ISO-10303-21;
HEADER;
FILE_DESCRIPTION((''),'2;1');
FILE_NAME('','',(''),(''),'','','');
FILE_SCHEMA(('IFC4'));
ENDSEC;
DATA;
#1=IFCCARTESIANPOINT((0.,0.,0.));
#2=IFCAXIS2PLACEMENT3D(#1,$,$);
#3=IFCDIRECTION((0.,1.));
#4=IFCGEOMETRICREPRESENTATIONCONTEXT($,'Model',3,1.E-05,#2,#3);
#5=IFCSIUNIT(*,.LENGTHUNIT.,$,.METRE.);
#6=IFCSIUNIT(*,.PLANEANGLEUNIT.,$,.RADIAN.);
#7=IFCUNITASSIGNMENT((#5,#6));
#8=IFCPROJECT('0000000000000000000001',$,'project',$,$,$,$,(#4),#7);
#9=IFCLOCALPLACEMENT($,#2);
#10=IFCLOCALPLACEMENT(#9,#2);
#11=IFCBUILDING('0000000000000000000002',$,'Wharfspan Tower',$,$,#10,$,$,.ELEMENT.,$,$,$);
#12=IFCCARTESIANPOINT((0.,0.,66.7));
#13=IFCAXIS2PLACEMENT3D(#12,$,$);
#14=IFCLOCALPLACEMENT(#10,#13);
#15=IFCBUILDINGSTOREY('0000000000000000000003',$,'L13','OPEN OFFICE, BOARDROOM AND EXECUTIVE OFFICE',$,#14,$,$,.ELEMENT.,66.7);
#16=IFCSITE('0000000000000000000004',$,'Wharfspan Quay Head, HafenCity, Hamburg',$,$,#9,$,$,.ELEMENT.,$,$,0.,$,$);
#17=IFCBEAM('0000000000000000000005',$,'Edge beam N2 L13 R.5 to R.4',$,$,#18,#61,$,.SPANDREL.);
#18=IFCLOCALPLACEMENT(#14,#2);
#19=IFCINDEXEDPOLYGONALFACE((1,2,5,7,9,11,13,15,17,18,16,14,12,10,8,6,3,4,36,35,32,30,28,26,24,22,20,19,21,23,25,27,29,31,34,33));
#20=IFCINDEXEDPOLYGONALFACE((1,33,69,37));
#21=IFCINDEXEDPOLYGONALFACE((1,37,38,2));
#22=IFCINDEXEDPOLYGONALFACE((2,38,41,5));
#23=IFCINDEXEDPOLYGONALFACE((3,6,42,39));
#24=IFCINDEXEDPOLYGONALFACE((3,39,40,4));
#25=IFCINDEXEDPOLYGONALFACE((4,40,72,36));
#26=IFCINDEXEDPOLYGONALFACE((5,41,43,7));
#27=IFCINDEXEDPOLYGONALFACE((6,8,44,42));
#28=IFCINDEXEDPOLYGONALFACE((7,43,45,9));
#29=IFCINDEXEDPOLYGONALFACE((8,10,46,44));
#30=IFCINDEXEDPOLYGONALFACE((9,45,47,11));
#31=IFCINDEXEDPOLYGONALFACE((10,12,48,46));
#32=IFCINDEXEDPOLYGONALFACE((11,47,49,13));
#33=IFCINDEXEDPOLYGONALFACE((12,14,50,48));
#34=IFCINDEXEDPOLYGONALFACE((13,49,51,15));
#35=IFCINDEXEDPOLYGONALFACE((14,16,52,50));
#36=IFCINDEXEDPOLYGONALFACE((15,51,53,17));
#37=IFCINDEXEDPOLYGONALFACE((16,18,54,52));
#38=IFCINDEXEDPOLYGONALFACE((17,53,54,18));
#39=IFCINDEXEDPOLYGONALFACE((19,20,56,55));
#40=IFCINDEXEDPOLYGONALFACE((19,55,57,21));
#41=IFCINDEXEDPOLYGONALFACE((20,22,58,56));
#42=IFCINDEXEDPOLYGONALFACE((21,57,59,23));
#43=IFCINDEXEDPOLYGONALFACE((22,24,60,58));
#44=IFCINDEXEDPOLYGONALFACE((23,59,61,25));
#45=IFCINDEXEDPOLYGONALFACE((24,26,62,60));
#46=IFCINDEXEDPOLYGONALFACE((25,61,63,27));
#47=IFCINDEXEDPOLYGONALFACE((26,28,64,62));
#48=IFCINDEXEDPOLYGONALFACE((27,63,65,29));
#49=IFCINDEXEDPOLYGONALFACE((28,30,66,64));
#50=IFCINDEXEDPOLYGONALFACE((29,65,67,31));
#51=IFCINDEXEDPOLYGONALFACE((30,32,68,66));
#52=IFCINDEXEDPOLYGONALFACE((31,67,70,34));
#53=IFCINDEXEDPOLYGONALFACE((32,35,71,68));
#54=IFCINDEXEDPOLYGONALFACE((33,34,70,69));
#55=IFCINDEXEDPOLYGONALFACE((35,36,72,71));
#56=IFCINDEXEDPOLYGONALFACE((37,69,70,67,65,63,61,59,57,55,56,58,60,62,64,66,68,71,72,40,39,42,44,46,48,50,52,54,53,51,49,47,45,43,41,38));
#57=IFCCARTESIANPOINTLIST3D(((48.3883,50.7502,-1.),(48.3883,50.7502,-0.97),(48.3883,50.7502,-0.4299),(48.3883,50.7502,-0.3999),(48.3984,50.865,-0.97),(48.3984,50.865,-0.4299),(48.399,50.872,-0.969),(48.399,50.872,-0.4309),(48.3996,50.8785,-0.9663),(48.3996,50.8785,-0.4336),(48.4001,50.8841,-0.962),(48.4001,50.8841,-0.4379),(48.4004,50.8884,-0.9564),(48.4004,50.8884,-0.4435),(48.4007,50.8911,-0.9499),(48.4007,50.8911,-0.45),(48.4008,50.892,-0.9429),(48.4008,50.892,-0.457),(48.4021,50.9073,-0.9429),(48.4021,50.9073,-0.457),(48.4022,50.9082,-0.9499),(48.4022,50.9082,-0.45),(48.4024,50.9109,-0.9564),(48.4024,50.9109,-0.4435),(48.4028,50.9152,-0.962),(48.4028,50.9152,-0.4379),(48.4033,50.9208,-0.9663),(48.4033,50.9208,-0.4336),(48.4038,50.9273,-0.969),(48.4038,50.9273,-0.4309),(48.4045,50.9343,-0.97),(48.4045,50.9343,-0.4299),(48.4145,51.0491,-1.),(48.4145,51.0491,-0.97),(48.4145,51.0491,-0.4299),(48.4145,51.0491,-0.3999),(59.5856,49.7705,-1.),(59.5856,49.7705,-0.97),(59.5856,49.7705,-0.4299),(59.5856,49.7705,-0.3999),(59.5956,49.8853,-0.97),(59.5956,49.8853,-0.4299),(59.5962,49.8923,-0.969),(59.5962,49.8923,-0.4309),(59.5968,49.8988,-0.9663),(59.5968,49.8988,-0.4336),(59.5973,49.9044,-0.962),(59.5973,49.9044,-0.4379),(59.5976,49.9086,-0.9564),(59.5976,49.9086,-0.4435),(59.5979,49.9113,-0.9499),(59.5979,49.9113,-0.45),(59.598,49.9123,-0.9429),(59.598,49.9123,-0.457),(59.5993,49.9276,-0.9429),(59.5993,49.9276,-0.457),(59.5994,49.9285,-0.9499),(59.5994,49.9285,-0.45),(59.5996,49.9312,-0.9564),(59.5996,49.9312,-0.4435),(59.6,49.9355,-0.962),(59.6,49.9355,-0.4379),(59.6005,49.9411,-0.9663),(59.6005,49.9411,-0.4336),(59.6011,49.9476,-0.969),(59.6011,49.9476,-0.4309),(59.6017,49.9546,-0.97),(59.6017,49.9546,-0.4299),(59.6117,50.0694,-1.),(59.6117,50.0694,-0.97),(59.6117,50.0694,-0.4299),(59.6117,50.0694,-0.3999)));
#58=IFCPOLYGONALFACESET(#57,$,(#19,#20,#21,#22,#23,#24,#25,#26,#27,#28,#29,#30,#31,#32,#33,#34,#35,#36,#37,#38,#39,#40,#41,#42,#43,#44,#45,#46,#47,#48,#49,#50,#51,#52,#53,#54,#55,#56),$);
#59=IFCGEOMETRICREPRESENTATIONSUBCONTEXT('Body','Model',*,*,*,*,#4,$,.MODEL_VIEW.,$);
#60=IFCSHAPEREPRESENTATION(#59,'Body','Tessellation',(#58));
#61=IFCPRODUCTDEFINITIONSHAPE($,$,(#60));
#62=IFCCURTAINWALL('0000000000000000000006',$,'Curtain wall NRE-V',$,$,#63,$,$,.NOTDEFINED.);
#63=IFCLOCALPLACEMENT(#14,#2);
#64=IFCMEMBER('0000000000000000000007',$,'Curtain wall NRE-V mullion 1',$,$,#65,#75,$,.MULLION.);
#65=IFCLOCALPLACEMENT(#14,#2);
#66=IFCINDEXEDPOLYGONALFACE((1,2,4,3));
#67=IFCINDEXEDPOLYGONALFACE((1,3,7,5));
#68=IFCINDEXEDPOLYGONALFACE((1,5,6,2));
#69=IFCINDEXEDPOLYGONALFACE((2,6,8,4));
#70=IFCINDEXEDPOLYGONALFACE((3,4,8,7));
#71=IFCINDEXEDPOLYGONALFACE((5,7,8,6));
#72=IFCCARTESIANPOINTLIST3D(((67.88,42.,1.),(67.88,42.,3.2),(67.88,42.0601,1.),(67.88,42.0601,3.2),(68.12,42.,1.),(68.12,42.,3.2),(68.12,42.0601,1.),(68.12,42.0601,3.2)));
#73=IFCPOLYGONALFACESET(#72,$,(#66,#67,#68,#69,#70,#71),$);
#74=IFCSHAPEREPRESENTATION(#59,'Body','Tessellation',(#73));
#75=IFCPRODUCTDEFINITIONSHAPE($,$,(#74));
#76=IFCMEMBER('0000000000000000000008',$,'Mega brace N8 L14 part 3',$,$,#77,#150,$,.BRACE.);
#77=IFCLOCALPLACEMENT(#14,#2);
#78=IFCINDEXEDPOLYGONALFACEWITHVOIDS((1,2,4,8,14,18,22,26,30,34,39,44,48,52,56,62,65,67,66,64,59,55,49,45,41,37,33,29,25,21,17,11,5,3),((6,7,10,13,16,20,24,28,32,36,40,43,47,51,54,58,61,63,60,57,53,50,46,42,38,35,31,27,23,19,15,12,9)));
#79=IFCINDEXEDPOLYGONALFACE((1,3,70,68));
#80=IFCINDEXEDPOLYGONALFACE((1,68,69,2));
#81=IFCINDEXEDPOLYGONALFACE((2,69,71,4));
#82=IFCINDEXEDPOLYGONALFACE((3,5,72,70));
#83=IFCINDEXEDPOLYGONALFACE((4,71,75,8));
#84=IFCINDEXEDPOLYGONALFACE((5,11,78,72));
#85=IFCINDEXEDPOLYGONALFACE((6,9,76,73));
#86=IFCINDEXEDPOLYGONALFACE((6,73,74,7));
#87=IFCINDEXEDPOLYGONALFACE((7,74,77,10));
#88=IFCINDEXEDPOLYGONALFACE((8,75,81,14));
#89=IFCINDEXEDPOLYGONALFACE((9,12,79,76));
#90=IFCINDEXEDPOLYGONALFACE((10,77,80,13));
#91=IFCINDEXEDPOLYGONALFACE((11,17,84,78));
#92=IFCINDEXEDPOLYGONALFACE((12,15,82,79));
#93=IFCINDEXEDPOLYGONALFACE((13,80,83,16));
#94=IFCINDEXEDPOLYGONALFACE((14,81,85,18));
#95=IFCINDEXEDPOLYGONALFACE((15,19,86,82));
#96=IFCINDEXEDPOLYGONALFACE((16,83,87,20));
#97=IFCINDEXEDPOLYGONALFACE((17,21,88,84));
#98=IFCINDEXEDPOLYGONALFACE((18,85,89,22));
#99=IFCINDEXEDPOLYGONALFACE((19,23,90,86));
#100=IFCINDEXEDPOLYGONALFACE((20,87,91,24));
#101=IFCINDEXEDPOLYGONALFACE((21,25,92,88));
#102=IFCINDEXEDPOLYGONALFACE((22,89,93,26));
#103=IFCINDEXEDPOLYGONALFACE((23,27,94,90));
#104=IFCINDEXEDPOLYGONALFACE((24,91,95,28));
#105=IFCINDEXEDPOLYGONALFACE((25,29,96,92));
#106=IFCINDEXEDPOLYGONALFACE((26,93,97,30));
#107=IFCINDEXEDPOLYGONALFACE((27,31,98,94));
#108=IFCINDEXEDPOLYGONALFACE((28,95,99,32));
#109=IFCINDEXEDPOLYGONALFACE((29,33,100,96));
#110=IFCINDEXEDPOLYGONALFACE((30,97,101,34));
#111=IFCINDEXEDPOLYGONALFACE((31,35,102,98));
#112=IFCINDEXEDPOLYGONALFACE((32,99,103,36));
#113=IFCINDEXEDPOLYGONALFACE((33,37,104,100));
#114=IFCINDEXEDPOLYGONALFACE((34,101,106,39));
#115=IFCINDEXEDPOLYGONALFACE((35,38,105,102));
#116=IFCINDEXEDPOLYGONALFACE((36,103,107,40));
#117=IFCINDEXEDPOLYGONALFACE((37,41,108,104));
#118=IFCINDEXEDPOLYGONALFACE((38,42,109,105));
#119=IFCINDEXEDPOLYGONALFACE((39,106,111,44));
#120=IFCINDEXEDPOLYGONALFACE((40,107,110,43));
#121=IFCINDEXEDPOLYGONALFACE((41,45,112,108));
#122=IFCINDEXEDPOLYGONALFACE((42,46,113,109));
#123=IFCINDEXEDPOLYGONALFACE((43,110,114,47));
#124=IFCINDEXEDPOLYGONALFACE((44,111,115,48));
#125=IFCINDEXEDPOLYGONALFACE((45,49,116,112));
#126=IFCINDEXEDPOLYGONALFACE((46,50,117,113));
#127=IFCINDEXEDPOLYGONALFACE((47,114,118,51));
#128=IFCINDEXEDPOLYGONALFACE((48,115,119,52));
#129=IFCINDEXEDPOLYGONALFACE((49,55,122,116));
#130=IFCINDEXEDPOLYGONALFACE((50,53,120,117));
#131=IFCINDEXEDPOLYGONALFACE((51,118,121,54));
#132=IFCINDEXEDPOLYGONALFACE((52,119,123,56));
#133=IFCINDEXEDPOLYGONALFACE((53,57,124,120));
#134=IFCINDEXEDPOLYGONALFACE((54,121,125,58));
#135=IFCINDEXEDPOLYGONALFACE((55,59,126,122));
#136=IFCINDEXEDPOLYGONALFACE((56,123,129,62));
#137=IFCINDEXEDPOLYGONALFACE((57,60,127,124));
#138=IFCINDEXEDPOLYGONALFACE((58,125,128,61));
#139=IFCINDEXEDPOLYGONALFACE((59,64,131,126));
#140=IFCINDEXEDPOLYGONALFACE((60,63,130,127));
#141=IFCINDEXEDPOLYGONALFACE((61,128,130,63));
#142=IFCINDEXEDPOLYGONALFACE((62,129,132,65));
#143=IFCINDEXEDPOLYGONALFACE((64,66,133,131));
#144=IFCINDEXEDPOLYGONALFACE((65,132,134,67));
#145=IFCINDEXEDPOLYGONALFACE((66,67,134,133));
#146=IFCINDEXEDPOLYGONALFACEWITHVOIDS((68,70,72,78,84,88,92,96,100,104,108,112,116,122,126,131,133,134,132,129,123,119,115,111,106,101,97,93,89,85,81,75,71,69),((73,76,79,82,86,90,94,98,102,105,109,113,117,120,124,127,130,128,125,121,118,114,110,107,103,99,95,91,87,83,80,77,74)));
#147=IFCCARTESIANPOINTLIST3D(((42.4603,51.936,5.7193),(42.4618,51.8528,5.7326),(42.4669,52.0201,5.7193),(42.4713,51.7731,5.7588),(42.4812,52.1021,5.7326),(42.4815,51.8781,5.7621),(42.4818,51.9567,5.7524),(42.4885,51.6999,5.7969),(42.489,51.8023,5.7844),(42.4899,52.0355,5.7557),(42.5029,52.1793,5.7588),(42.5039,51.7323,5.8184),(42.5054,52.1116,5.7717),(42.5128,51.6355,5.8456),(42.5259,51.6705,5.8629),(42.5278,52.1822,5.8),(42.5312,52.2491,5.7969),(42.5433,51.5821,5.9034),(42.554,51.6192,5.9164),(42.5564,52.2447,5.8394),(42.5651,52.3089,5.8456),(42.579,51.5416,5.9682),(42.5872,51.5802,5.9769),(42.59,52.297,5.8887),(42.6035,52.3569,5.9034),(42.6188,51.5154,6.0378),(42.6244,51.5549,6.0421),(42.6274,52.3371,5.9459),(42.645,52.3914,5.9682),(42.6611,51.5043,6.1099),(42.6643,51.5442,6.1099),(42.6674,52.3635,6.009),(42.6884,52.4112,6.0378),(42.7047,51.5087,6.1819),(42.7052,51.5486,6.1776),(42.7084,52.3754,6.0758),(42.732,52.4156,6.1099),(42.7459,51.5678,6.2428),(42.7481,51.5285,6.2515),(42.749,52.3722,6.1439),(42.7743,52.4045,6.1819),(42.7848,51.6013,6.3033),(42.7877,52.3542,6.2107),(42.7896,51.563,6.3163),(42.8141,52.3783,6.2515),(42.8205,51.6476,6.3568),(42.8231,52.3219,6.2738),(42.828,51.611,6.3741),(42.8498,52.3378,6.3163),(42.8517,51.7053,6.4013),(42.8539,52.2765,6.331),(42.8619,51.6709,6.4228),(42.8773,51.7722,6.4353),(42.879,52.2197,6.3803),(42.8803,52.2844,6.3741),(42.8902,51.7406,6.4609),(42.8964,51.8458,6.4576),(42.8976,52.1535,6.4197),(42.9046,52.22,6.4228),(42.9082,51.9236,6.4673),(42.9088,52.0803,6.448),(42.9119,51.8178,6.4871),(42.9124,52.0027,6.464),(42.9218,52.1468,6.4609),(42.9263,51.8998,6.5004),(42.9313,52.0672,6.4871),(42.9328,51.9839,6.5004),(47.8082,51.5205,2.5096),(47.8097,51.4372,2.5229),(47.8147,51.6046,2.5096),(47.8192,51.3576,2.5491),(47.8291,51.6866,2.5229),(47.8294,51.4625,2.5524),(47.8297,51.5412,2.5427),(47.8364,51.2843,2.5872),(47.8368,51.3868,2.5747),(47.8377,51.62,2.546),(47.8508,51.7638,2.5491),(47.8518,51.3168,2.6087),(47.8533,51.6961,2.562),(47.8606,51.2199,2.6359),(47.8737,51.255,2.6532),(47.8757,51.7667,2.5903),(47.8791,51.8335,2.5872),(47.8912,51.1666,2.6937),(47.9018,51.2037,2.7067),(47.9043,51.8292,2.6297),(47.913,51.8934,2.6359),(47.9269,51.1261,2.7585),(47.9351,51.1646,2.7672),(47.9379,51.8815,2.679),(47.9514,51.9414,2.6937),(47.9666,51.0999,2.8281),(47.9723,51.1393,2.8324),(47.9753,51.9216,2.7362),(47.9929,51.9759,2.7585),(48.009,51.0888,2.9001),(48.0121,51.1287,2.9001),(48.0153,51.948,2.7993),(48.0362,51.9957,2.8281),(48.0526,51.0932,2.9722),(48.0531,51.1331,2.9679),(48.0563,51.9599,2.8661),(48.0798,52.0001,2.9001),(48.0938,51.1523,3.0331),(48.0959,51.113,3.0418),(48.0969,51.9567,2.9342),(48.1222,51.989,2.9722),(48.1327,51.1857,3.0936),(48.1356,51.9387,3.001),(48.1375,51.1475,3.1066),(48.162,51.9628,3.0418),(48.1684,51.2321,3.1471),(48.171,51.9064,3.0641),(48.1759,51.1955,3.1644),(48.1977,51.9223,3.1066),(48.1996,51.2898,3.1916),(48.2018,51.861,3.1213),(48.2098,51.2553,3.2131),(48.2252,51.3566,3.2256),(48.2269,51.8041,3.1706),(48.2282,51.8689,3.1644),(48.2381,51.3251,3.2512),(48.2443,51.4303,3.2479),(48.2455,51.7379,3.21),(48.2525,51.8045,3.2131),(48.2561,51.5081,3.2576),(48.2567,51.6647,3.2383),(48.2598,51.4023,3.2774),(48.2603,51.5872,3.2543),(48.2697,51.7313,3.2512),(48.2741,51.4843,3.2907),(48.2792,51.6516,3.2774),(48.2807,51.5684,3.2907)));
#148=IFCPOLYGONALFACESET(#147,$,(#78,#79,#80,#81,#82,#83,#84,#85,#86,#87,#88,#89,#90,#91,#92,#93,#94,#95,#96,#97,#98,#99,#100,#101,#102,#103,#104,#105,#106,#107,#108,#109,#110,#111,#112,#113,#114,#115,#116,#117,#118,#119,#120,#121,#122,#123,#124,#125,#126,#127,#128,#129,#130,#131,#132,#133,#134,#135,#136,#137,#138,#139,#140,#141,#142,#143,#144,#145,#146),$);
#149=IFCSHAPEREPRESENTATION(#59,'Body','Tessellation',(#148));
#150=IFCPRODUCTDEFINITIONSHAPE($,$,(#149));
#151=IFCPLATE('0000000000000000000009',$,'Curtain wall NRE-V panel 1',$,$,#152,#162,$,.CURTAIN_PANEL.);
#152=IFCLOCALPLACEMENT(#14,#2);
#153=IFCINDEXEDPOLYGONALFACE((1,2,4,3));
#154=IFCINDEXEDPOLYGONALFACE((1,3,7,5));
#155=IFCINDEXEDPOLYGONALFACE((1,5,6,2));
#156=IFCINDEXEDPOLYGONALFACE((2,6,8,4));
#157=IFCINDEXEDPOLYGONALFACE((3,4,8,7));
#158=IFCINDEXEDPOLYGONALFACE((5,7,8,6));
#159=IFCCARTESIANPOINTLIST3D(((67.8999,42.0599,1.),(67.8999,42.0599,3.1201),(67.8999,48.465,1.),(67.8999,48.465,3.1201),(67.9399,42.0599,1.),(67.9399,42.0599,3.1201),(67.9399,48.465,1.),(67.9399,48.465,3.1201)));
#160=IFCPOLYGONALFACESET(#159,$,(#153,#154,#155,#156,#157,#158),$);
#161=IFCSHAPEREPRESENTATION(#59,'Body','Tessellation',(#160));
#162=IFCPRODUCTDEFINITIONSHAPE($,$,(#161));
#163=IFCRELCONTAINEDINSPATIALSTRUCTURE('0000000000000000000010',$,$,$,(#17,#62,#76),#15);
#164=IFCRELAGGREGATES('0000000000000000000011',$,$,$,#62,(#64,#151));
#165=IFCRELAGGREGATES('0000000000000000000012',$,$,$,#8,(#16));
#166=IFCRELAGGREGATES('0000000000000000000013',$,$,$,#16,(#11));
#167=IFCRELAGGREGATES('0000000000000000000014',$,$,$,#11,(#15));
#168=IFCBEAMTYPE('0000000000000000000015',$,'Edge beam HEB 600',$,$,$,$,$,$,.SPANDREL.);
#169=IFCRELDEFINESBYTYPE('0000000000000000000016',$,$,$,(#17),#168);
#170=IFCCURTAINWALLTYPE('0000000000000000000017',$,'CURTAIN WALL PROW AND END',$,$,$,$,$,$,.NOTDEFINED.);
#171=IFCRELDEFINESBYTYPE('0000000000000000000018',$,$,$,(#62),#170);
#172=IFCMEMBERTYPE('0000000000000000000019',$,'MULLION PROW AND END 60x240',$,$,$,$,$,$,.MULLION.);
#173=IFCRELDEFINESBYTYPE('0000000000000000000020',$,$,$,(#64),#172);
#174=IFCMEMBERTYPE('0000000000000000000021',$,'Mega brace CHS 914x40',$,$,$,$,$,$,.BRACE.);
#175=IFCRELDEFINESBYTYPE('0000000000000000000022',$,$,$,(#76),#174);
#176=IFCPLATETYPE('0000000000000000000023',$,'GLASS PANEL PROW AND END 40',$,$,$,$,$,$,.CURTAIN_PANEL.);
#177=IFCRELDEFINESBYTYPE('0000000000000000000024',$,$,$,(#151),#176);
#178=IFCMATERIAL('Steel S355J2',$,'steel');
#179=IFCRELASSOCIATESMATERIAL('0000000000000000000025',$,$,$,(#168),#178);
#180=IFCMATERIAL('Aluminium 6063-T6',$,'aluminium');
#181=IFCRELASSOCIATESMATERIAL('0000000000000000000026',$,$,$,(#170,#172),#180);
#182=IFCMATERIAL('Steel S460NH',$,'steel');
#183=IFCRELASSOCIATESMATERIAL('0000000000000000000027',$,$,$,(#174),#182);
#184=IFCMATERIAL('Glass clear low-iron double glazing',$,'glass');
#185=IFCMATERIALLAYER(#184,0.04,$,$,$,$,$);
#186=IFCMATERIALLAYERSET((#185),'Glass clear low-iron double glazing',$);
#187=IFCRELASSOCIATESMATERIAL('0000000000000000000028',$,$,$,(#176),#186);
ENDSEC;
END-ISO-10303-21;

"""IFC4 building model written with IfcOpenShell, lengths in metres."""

from ifc_helpers import new_model, si_unit, direction, frame, origin, origin_2d, place, context, subcontext, project, spatial, rectangle, hollow_circle, i_section, extrude, material, layer, layer_set, material_profile, profile_set, type_object, element, aggregate, save


model = new_model("IFC4")

# Units and contexts
model_context = context("Model", 3, precision=1e-05, world=origin(), true_north=direction((0.0, 1.0)))
body_context = subcontext(model_context, "Body", "Model", "MODEL_VIEW")
ifc_project = project(units=[si_unit("LENGTHUNIT", "METRE"), si_unit("PLANEANGLEUNIT", "RADIAN")], contexts=[model_context])

# Site, building, storey
site_placement = place(None, origin())
site = spatial("IfcSite", under=ifc_project, at=site_placement, Name="Wharfspan Quay Head, HafenCity, Hamburg", CompositionType="ELEMENT", RefElevation=0.0)
building_placement = place(site_placement, origin())
building = spatial("IfcBuilding", under=site, at=building_placement, Name="Wharfspan Tower", CompositionType="ELEMENT")
storey_placement = place(building_placement, frame((0.0, 0.0, 66.7)))
storey = spatial("IfcBuildingStorey", under=building, at=storey_placement, Name="L13", Description="OPEN OFFICE, BOARDROOM AND EXECUTIVE OFFICE", CompositionType="ELEMENT", Elevation=66.7)

# Shared definitions
ifc_material_1 = material(Name="Steel S355J2", Category="steel")

# Beam
ifc_material_profile_1 = material_profile(ifc_material_1, i_section(OverallWidth=0.3, OverallDepth=0.6001, WebThickness=0.0154, FlangeThickness=0.03, FilletRadius=0.0271, at=origin_2d()))
ifc_profile_set_1 = profile_set([ifc_material_profile_1], Name="Steel S355J2")
beam_type = type_object("IfcBeamType", Name="Edge beam HEB 600", PredefinedType="SPANDREL", material=ifc_profile_set_1)
beam_placement = place(storey_placement, frame((59.5986, 49.9199, -0.7), z_axis=(-0.996194, 0.087165, 0.0), x_axis=(-0.087165, -0.996194, 0.0)))
element("IfcBeam", 1, at=beam_placement, inside=storey, type_object=beam_type, Name="Edge beam N2 L13 R.5 to R.4", PredefinedType="SPANDREL", context=body_context, shape_type="SweptSolid", body=[
    extrude(i_section(OverallWidth=0.3, OverallDepth=0.6001, WebThickness=0.0154, FlangeThickness=0.03, FilletRadius=0.0271, at=origin_2d()), origin(), (0.0, 0.0, 1.0), 11.24),
])

# Curtain wall, member
ifc_material_2 = material(Name="Aluminium 6063-T6", Category="aluminium")
curtain_wall_type = type_object("IfcCurtainWallType", Name="CURTAIN WALL PROW AND END", PredefinedType="NOTDEFINED", material=ifc_material_2)
curtain_wall_placement = place(storey_placement, origin())
curtain_wall = element("IfcCurtainWall", 2, at=curtain_wall_placement, inside=storey, type_object=curtain_wall_type, Name="Curtain wall NRE-V", PredefinedType="NOTDEFINED")
ifc_material_profile_2 = material_profile(ifc_material_2, rectangle(XDim=0.24, YDim=0.0601, at=origin_2d()))
ifc_profile_set_2 = profile_set([ifc_material_profile_2], Name="Aluminium 6063-T6")
member_type_1 = type_object("IfcMemberType", Name="MULLION PROW AND END 60x240", PredefinedType="MULLION", material=ifc_profile_set_2)
member_1_placement = place(storey_placement, frame((68.0, 42.03, 1.0), z_axis=(0.0, 0.0, 1.0), x_axis=(-1.0, 0.0, 0.0)))
member_1 = element("IfcMember", 3, at=member_1_placement, type_object=member_type_1, Name="Curtain wall NRE-V mullion 1", PredefinedType="MULLION", context=body_context, shape_type="SweptSolid", body=[
    extrude(rectangle(XDim=0.24, YDim=0.0601, at=origin_2d()), origin(), (0.0, 0.0, 1.0), 2.2),
])

# Member
ifc_material_3 = material(Name="Steel S460NH", Category="steel")
ifc_material_profile_3 = material_profile(ifc_material_3, hollow_circle(Radius=0.457, WallThickness=0.04, at=origin_2d()))
ifc_profile_set_3 = profile_set([ifc_material_profile_3], Name="Steel S460NH")
member_type_2 = type_object("IfcMemberType", Name="Mega brace CHS 914x40", PredefinedType="BRACE", material=ifc_profile_set_3)
member_2_placement = place(storey_placement, frame((48.0444, 51.5444, 2.9001), z_axis=(-0.855527, 0.066474, 0.513473), x_axis=(-0.077466, -0.996995, 0.0)))
element("IfcMember", 4, at=member_2_placement, inside=storey, type_object=member_type_2, Name="Mega brace N8 L14 part 3", PredefinedType="BRACE", context=body_context, shape_type="SweptSolid", body=[
    extrude(hollow_circle(Radius=0.457, WallThickness=0.04, at=origin_2d()), origin(), (0.0, 0.0, 1.0), 6.251),
])

# Plate
ifc_material_4 = material(Name="Glass clear low-iron double glazing", Category="glass")
ifc_layer_1 = layer(ifc_material_4, 0.04)
ifc_layer_set_1 = layer_set([ifc_layer_1], Name="Glass clear low-iron double glazing")
plate_type = type_object("IfcPlateType", Name="GLASS PANEL PROW AND END 40", PredefinedType="CURTAIN_PANEL", material=ifc_layer_set_1)
plate_placement = place(storey_placement, frame((67.9199, 45.2625, 1.0), z_axis=(0.0, 0.0, 1.0), x_axis=(0.0, 1.0, 0.0)))
plate = element("IfcPlate", 5, at=plate_placement, type_object=plate_type, Name="Curtain wall NRE-V panel 1", PredefinedType="CURTAIN_PANEL", context=body_context, shape_type="SweptSolid", body=[
    extrude(rectangle(XDim=6.405, YDim=0.04, at=origin_2d()), origin(), (0.0, 0.0, 1.0), 2.1201),
])
aggregate(curtain_wall, [member_1, plate])

save(model, "model.ifc")
